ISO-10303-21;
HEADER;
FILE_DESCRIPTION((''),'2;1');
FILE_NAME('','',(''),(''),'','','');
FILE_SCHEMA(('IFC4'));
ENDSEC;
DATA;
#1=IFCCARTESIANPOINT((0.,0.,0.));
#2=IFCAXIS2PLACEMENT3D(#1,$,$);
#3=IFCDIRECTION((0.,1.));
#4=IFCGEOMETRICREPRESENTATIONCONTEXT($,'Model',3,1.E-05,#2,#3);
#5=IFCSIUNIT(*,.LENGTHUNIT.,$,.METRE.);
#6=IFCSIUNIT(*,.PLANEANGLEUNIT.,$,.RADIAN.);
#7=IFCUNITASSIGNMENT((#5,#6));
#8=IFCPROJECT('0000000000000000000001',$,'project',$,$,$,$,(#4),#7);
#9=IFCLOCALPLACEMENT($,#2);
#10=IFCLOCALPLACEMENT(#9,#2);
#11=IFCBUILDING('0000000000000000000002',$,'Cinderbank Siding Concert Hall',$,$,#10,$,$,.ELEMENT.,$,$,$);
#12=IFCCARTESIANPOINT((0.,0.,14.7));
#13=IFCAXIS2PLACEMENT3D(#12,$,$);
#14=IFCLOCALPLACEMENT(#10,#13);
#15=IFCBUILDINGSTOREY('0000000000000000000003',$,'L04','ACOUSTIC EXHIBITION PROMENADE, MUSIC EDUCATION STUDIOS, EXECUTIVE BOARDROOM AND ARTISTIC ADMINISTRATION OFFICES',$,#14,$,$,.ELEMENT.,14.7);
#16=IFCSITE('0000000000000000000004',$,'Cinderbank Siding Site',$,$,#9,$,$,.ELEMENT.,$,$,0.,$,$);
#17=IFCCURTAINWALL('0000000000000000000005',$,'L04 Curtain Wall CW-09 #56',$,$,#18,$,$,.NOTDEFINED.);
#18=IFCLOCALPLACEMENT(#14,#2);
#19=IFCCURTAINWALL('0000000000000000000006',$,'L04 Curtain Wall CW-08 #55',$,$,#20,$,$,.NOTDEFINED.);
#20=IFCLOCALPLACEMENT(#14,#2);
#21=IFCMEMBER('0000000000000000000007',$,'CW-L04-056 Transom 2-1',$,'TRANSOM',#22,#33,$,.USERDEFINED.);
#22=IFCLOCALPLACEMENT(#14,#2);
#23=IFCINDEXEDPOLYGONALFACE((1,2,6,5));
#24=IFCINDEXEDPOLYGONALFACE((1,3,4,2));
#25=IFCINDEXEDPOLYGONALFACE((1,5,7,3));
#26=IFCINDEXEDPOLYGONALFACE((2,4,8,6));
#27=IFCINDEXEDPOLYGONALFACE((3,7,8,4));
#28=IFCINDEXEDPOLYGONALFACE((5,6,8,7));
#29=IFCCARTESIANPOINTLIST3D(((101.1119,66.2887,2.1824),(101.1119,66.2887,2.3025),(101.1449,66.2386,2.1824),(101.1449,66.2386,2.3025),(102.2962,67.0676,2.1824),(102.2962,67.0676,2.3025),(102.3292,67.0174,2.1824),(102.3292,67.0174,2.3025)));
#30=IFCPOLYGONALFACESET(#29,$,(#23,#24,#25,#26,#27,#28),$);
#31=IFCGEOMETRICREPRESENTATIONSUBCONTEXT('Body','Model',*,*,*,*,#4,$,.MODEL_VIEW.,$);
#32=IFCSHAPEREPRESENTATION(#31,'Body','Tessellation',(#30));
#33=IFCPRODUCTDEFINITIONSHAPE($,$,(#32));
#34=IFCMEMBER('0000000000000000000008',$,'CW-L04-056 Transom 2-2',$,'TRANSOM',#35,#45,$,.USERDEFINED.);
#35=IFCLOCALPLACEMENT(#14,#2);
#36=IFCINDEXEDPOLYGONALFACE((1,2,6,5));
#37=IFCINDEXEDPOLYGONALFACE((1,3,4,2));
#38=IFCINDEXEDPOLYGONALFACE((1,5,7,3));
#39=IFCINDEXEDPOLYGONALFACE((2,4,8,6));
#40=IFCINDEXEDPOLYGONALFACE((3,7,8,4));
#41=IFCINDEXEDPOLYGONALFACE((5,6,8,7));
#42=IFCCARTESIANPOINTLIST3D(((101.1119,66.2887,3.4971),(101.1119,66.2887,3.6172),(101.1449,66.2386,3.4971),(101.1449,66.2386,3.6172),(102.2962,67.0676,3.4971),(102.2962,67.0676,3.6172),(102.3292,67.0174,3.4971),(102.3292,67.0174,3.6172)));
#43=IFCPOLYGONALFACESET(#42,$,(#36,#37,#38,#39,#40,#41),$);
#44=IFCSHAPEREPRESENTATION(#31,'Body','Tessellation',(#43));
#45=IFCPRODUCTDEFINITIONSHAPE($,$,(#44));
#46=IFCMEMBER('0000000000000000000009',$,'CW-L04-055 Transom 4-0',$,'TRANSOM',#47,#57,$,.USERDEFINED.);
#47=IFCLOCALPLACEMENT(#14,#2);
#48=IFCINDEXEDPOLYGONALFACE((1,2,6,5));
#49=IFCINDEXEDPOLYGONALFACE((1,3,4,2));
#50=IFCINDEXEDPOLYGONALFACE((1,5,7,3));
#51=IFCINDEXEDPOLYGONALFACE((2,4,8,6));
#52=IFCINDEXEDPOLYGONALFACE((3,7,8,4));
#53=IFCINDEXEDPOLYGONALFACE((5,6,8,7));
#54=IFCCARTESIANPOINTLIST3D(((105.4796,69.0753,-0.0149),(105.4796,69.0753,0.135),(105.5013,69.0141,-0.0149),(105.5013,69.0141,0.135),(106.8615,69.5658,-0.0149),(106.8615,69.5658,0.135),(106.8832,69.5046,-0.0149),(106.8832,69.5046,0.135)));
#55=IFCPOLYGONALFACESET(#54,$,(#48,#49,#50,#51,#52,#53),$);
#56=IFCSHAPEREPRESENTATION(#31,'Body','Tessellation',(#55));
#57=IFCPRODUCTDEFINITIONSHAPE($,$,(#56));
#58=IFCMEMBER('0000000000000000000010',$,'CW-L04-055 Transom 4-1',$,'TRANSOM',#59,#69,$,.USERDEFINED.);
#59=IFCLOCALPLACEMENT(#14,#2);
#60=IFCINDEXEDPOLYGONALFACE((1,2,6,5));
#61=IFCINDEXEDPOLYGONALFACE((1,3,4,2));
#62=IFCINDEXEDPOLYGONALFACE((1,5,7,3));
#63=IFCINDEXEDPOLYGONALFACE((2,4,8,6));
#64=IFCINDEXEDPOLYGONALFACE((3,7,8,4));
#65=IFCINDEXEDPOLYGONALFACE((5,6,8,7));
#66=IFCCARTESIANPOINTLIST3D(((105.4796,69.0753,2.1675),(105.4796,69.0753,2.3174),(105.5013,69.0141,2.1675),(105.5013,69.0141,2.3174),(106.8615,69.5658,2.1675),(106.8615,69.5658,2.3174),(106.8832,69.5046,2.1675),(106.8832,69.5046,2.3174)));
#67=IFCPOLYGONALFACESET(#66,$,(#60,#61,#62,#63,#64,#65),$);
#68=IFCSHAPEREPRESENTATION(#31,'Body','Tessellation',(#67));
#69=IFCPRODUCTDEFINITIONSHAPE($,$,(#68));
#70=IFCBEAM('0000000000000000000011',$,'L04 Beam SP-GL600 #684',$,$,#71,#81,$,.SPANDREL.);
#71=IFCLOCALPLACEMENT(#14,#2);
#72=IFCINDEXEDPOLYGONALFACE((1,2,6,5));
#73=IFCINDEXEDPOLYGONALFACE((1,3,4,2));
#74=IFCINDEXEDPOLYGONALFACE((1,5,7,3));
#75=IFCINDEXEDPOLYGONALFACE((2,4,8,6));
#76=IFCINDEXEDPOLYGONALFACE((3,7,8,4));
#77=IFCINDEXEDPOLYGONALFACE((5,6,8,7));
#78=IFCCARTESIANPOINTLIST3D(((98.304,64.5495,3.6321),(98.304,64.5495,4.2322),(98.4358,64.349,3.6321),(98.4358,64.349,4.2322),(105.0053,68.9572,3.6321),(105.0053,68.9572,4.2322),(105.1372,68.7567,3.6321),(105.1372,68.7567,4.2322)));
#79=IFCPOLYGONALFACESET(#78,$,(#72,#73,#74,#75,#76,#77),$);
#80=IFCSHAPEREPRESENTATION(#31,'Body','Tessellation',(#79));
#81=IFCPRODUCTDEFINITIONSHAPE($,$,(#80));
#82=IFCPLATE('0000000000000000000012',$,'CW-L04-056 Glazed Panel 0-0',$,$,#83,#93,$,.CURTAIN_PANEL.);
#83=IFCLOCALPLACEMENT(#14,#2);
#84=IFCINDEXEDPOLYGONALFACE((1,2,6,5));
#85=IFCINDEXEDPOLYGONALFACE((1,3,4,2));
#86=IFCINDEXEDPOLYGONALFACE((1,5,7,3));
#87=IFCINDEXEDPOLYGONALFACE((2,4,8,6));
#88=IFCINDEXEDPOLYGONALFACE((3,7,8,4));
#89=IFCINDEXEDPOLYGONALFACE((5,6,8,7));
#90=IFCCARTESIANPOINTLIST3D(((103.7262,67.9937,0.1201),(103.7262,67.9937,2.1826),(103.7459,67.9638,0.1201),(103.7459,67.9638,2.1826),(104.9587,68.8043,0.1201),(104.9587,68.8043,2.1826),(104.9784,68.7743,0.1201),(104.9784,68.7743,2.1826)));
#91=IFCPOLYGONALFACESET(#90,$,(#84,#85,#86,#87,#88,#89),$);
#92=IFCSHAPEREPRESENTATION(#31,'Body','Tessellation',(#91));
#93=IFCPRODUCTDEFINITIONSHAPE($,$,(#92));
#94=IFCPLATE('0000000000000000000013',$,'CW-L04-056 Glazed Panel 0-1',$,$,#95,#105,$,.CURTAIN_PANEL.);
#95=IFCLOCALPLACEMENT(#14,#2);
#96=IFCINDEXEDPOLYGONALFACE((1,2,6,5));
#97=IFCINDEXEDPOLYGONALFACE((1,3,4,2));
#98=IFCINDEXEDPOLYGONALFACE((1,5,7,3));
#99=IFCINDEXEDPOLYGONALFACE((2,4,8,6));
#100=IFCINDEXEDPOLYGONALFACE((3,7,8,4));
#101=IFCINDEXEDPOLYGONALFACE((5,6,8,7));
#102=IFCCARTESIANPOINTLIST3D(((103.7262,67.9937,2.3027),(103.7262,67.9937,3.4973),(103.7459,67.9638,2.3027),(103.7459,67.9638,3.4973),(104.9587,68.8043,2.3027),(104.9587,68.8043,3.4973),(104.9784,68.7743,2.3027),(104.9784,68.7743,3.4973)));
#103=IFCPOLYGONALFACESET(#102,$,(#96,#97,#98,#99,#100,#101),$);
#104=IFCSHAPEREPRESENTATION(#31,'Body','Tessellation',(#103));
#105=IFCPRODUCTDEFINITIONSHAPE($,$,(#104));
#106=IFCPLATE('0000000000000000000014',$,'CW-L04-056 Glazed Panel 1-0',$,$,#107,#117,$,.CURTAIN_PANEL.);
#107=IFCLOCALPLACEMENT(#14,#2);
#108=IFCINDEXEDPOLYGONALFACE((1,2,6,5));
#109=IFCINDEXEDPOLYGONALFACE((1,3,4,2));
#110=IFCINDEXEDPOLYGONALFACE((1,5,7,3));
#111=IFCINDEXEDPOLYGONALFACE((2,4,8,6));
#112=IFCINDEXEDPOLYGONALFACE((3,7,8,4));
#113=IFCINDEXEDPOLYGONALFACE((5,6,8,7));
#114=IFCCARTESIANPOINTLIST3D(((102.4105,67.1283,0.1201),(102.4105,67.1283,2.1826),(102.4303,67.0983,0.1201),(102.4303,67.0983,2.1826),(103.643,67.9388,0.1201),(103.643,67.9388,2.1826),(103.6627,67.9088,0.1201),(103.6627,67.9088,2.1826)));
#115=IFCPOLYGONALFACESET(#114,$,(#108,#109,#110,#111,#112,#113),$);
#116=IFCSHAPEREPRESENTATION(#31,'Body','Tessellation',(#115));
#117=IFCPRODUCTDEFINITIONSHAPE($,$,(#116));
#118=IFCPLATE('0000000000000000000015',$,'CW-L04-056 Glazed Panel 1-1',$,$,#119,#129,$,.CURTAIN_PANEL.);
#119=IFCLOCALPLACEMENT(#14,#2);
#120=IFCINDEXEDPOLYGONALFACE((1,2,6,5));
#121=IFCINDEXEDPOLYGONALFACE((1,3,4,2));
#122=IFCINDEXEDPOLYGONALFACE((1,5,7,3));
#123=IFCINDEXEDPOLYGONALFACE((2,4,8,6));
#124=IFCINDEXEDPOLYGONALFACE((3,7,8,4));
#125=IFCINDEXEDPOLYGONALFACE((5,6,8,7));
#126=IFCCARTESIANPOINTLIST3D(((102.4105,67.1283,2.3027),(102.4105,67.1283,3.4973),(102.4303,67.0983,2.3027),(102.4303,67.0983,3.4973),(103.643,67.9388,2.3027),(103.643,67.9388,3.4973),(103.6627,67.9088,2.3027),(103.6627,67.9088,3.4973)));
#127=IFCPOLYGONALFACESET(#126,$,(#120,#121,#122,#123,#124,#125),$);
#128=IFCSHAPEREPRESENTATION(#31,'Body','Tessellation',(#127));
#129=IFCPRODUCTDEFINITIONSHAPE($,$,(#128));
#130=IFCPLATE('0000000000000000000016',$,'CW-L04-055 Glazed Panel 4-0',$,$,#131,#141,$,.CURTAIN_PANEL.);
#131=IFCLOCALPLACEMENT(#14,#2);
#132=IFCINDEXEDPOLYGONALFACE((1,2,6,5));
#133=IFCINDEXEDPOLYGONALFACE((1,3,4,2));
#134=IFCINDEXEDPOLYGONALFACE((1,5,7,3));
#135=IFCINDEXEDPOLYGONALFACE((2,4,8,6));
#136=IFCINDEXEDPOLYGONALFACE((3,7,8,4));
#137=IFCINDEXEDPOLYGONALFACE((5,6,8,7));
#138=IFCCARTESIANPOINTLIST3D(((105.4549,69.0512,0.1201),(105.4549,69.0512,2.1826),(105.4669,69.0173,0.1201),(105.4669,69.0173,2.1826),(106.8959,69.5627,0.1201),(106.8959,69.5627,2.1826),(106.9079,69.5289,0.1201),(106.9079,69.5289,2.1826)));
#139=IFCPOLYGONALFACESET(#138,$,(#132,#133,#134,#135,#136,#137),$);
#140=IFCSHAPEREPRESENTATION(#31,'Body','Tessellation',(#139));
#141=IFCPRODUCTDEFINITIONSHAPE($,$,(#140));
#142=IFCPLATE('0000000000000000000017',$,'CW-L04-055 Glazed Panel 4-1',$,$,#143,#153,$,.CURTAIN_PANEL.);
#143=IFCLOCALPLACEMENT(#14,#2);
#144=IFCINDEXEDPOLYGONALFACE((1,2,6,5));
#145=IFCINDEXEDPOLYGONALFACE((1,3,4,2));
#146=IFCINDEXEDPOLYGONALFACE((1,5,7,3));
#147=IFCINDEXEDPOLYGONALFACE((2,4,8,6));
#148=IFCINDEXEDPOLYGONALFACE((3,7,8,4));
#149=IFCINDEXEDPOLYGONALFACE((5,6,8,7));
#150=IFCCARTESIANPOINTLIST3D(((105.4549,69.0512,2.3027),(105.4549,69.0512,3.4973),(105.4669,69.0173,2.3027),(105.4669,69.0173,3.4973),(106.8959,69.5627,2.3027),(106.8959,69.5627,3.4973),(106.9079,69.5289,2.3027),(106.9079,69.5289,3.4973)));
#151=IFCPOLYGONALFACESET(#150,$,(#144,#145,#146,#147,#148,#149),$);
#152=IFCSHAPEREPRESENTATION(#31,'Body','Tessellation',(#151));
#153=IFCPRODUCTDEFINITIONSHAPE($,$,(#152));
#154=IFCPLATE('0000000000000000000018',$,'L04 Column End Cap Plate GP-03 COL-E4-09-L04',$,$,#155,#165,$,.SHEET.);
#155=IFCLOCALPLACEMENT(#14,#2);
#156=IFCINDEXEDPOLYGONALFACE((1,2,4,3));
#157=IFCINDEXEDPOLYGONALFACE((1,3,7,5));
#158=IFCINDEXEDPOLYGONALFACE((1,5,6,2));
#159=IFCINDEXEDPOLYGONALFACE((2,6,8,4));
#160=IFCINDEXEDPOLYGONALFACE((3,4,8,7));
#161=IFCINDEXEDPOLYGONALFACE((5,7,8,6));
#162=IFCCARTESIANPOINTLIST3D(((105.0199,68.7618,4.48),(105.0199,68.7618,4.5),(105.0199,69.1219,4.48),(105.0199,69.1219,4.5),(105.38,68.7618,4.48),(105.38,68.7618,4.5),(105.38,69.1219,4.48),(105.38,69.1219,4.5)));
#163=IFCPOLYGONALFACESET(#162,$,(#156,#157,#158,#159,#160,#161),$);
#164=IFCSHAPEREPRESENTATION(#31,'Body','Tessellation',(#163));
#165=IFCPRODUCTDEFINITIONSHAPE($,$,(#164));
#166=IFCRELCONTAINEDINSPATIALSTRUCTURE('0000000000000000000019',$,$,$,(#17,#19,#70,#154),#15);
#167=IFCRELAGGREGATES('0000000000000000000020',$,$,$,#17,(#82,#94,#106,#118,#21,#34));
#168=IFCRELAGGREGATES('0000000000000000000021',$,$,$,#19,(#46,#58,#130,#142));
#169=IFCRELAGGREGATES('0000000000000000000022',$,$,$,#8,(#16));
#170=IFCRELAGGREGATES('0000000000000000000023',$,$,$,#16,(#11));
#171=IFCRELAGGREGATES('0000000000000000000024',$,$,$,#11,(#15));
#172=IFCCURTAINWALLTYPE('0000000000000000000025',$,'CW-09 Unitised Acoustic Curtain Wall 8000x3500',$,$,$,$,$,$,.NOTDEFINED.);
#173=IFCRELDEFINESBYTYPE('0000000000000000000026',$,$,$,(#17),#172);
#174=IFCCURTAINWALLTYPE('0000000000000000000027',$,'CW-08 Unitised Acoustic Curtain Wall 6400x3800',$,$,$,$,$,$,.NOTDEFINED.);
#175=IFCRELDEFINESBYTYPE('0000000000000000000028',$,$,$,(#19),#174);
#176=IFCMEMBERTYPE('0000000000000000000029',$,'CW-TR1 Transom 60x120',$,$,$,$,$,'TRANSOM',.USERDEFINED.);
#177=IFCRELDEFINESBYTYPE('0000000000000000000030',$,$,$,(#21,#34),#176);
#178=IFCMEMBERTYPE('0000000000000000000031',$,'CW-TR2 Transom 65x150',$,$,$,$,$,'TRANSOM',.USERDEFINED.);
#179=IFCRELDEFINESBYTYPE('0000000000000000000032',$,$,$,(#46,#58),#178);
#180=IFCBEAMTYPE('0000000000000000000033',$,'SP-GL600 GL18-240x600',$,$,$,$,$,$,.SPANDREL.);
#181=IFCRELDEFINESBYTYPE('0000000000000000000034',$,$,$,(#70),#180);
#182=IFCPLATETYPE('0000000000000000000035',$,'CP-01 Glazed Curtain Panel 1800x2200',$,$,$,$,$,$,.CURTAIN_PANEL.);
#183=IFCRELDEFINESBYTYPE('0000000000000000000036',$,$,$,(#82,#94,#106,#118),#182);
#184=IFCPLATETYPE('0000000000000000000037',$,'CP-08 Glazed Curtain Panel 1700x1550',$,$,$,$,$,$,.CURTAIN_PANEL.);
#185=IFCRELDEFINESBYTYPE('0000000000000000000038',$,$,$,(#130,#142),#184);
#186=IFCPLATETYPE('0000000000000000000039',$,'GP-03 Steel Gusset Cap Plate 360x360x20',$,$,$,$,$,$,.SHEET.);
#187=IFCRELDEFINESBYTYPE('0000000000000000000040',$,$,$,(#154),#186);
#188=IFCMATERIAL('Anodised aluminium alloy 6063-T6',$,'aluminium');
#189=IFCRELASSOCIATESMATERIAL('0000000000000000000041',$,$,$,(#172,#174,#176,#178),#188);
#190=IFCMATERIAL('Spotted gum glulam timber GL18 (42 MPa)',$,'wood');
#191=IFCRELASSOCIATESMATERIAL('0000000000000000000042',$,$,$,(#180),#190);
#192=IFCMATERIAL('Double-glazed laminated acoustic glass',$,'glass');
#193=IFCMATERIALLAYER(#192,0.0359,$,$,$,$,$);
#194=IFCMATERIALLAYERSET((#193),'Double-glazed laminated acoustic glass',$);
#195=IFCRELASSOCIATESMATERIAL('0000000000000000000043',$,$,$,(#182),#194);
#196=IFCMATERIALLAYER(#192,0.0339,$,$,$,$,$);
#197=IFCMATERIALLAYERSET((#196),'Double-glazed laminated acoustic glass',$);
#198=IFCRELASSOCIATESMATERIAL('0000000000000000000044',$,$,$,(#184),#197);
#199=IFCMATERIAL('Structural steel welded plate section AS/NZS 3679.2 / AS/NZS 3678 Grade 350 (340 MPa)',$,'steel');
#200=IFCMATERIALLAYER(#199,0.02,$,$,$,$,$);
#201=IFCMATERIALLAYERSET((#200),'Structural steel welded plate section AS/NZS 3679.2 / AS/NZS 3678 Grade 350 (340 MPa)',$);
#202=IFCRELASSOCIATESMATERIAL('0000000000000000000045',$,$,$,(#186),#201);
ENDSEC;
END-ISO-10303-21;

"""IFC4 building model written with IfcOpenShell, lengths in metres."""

from ifc_helpers import new_model, si_unit, direction, frame, origin, origin_2d, place, context, subcontext, project, spatial, rectangle, extrude, material, layer, layer_set, material_profile, profile_set, type_object, element, aggregate, save


model = new_model("IFC4")

# Units and contexts
model_context = context("Model", 3, precision=1e-05, world=origin(), true_north=direction((0.0, 1.0)))
body_context = subcontext(model_context, "Body", "Model", "MODEL_VIEW")
ifc_project = project(units=[si_unit("LENGTHUNIT", "METRE"), si_unit("PLANEANGLEUNIT", "RADIAN")], contexts=[model_context])

# Site, building, storey
site_placement = place(None, origin())
site = spatial("IfcSite", under=ifc_project, at=site_placement, Name="Cinderbank Siding Site", CompositionType="ELEMENT", RefElevation=0.0)
building_placement = place(site_placement, origin())
building = spatial("IfcBuilding", under=site, at=building_placement, Name="Cinderbank Siding Concert Hall", CompositionType="ELEMENT")
storey_placement = place(building_placement, frame((0.0, 0.0, 14.7)))
storey = spatial("IfcBuildingStorey", under=building, at=storey_placement, Name="L04", Description="ACOUSTIC EXHIBITION PROMENADE, MUSIC EDUCATION STUDIOS, EXECUTIVE BOARDROOM AND ARTISTIC ADMINISTRATION OFFICES", CompositionType="ELEMENT", Elevation=14.7)

# Curtain wall
ifc_material_1 = material(Name="Anodised aluminium alloy 6063-T6", Category="aluminium")
curtain_wall_type_1 = type_object("IfcCurtainWallType", Name="CW-09 Unitised Acoustic Curtain Wall 8000x3500", PredefinedType="NOTDEFINED", material=ifc_material_1)
curtain_wall_1_placement = place(storey_placement, origin())
curtain_wall_1 = element("IfcCurtainWall", 1, at=curtain_wall_1_placement, inside=storey, type_object=curtain_wall_type_1, Name="L04 Curtain Wall CW-09 #56", PredefinedType="NOTDEFINED")

# Curtain wall
curtain_wall_type_2 = type_object("IfcCurtainWallType", Name="CW-08 Unitised Acoustic Curtain Wall 6400x3800", PredefinedType="NOTDEFINED", material=ifc_material_1)
curtain_wall_2_placement = place(storey_placement, origin())
curtain_wall_2 = element("IfcCurtainWall", 2, at=curtain_wall_2_placement, inside=storey, type_object=curtain_wall_type_2, Name="L04 Curtain Wall CW-08 #55", PredefinedType="NOTDEFINED")

# Members
ifc_material_profile_1 = material_profile(ifc_material_1, rectangle(XDim=0.0601, YDim=0.1201, at=origin_2d()), Name="ALU-TRAN-60x120", Category="LoadBearing")
ifc_profile_set_1 = profile_set([ifc_material_profile_1], Name="Anodised aluminium alloy 6063-T6")
member_type_1 = type_object("IfcMemberType", Name="CW-TR1 Transom 60x120", ElementType="TRANSOM", PredefinedType="USERDEFINED", material=ifc_profile_set_1)
member_1_placement = place(storey_placement, frame((102.3127, 67.0425, 2.2424), z_axis=(-0.835532, -0.549443, 0.0), x_axis=(0.549443, -0.835532, 0.0)))
member_1 = element("IfcMember", 3, at=member_1_placement, type_object=member_type_1, Name="CW-L04-056 Transom 2-1", ObjectType="TRANSOM", PredefinedType="USERDEFINED", context=body_context, shape_type="SweptSolid", body=[
    extrude(rectangle(XDim=0.0601, YDim=0.1201, at=origin_2d()), origin(), (0.0, 0.0, 1.0), 1.4175),
])
member_2_placement = place(storey_placement, frame((102.3127, 67.0425, 3.5571), z_axis=(-0.835532, -0.549443, 0.0), x_axis=(0.549443, -0.835532, 0.0)))
member_2 = element("IfcMember", 4, at=member_2_placement, type_object=member_type_1, Name="CW-L04-056 Transom 2-2", ObjectType="TRANSOM", PredefinedType="USERDEFINED", context=body_context, shape_type="SweptSolid", body=[
    extrude(rectangle(XDim=0.0601, YDim=0.1201, at=origin_2d()), origin(), (0.0, 0.0, 1.0), 1.4175),
])
ifc_material_profile_2 = material_profile(ifc_material_1, rectangle(XDim=0.0649, YDim=0.1499, at=origin_2d()), Name="ALU-TRAN-65x150", Category="LoadBearing")
ifc_profile_set_2 = profile_set([ifc_material_profile_2], Name="Anodised aluminium alloy 6063-T6")
member_type_2 = type_object("IfcMemberType", Name="CW-TR2 Transom 65x150", ElementType="TRANSOM", PredefinedType="USERDEFINED", material=ifc_profile_set_2)
member_3_placement = place(storey_placement, frame((106.8723, 69.5352, 0.0601), z_axis=(-0.942396, -0.3345, 0.0), x_axis=(0.3345, -0.942396, 0.0)))
member_3 = element("IfcMember", 5, at=member_3_placement, type_object=member_type_2, Name="CW-L04-055 Transom 4-0", ObjectType="TRANSOM", PredefinedType="USERDEFINED", context=body_context, shape_type="SweptSolid", body=[
    extrude(rectangle(XDim=0.0649, YDim=0.1499, at=origin_2d()), origin(), (0.0, 0.0, 1.0), 1.4663),
])
member_4_placement = place(storey_placement, frame((106.8723, 69.5352, 2.2424), z_axis=(-0.942396, -0.3345, 0.0), x_axis=(0.3345, -0.942396, 0.0)))
member_4 = element("IfcMember", 6, at=member_4_placement, type_object=member_type_2, Name="CW-L04-055 Transom 4-1", ObjectType="TRANSOM", PredefinedType="USERDEFINED", context=body_context, shape_type="SweptSolid", body=[
    extrude(rectangle(XDim=0.0649, YDim=0.1499, at=origin_2d()), origin(), (0.0, 0.0, 1.0), 1.4663),
])

# Beam
ifc_material_2 = material(Name="Spotted gum glulam timber GL18 (42 MPa)", Category="wood")
ifc_material_profile_3 = material_profile(ifc_material_2, rectangle(XDim=0.24, YDim=0.6001, at=origin_2d()), Name="GL18-240x600", Category="LoadBearing")
ifc_profile_set_3 = profile_set([ifc_material_profile_3], Name="Spotted gum glulam timber GL18 (42 MPa)")
beam_type = type_object("IfcBeamType", Name="SP-GL600 GL18-240x600", PredefinedType="SPANDREL", material=ifc_profile_set_3)
beam_placement = place(storey_placement, frame((105.0713, 68.8569, 3.9321), z_axis=(-0.835481, -0.54952, 0.0), x_axis=(0.54952, -0.835481, 0.0)))
element("IfcBeam", 7, at=beam_placement, inside=storey, type_object=beam_type, Name="L04 Beam SP-GL600 #684", PredefinedType="SPANDREL", context=body_context, shape_type="SweptSolid", body=[
    extrude(rectangle(XDim=0.24, YDim=0.6001, at=origin_2d()), origin(), (0.0, 0.0, 1.0), 8.021),
])

# Plates
ifc_material_3 = material(Name="Double-glazed laminated acoustic glass", Category="glass")
ifc_layer_1 = layer(ifc_material_3, 0.0359)
ifc_layer_set_1 = layer_set([ifc_layer_1], Name="Double-glazed laminated acoustic glass")
plate_type_1 = type_object("IfcPlateType", Name="CP-01 Glazed Curtain Panel 1800x2200", PredefinedType="CURTAIN_PANEL", material=ifc_layer_set_1)
plate_1_placement = place(storey_placement, frame((104.3523, 68.384, 0.1201), z_axis=(0.0, 0.0, 1.0), x_axis=(-0.835492, -0.549503, 0.0)))
plate_1 = element("IfcPlate", 8, at=plate_1_placement, type_object=plate_type_1, Name="CW-L04-056 Glazed Panel 0-0", PredefinedType="CURTAIN_PANEL", context=body_context, shape_type="SweptSolid", body=[
    extrude(rectangle(XDim=1.4751, YDim=0.0359, at=origin_2d()), origin(), (0.0, 0.0, 1.0), 2.0625),
])
plate_2_placement = place(storey_placement, frame((104.3523, 68.384, 2.3027), z_axis=(0.0, 0.0, 1.0), x_axis=(-0.835492, -0.549503, 0.0)))
plate_2 = element("IfcPlate", 9, at=plate_2_placement, type_object=plate_type_1, Name="CW-L04-056 Glazed Panel 0-1", PredefinedType="CURTAIN_PANEL", context=body_context, shape_type="SweptSolid", body=[
    extrude(rectangle(XDim=1.4751, YDim=0.0359, at=origin_2d()), origin(), (0.0, 0.0, 1.0), 1.1946),
])
plate_3_placement = place(storey_placement, frame((103.0366, 67.5186, 0.1201), z_axis=(0.0, 0.0, 1.0), x_axis=(-0.835492, -0.549503, 0.0)))
plate_3 = element("IfcPlate", 10, at=plate_3_placement, type_object=plate_type_1, Name="CW-L04-056 Glazed Panel 1-0", PredefinedType="CURTAIN_PANEL", context=body_context, shape_type="SweptSolid", body=[
    extrude(rectangle(XDim=1.4751, YDim=0.0359, at=origin_2d()), origin(), (0.0, 0.0, 1.0), 2.0625),
])
plate_4_placement = place(storey_placement, frame((103.0366, 67.5186, 2.3027), z_axis=(0.0, 0.0, 1.0), x_axis=(-0.835492, -0.549503, 0.0)))
plate_4 = element("IfcPlate", 11, at=plate_4_placement, type_object=plate_type_1, Name="CW-L04-056 Glazed Panel 1-1", PredefinedType="CURTAIN_PANEL", context=body_context, shape_type="SweptSolid", body=[
    extrude(rectangle(XDim=1.4751, YDim=0.0359, at=origin_2d()), origin(), (0.0, 0.0, 1.0), 1.1946),
])
aggregate(curtain_wall_1, [plate_1, plate_2, plate_3, plate_4, member_1, member_2])
ifc_layer_2 = layer(ifc_material_3, 0.0339)
ifc_layer_set_2 = layer_set([ifc_layer_2], Name="Double-glazed laminated acoustic glass")
plate_type_2 = type_object("IfcPlateType", Name="CP-08 Glazed Curtain Panel 1700x1550", PredefinedType="CURTAIN_PANEL", material=ifc_layer_set_2)
plate_5_placement = place(storey_placement, frame((106.1814, 69.29, 0.1201), z_axis=(0.0, 0.0, 1.0), x_axis=(-0.942366, -0.334585, 0.0)))
plate_5 = element("IfcPlate", 12, at=plate_5_placement, type_object=plate_type_2, Name="CW-L04-055 Glazed Panel 4-0", PredefinedType="CURTAIN_PANEL", context=body_context, shape_type="SweptSolid", body=[
    extrude(rectangle(XDim=1.5291, YDim=0.0359, at=origin_2d()), origin(), (0.0, 0.0, 1.0), 2.0625),
])
plate_6_placement = place(storey_placement, frame((106.1814, 69.29, 2.3027), z_axis=(0.0, 0.0, 1.0), x_axis=(-0.942366, -0.334585, 0.0)))
plate_6 = element("IfcPlate", 13, at=plate_6_placement, type_object=plate_type_2, Name="CW-L04-055 Glazed Panel 4-1", PredefinedType="CURTAIN_PANEL", context=body_context, shape_type="SweptSolid", body=[
    extrude(rectangle(XDim=1.5291, YDim=0.0359, at=origin_2d()), origin(), (0.0, 0.0, 1.0), 1.1946),
])
aggregate(curtain_wall_2, [member_3, member_4, plate_5, plate_6])
ifc_material_4 = material(Name="Structural steel welded plate section AS/NZS 3679.2 / AS/NZS 3678 Grade 350 (340 MPa)", Category="steel")
ifc_layer_3 = layer(ifc_material_4, 0.02)
ifc_layer_set_3 = layer_set([ifc_layer_3], Name="Structural steel welded plate section AS/NZS 3679.2 / AS/NZS 3678 Grade 350 (340 MPa)")
plate_type_3 = type_object("IfcPlateType", Name="GP-03 Steel Gusset Cap Plate 360x360x20", PredefinedType="SHEET", material=ifc_layer_set_3)
plate_7_placement = place(storey_placement, frame((105.2, 68.9419, 4.48), z_axis=(0.0, 0.0, 1.0), x_axis=(1.0, 0.0, 0.0)))
element("IfcPlate", 14, at=plate_7_placement, inside=storey, type_object=plate_type_3, Name="L04 Column End Cap Plate GP-03 COL-E4-09-L04", PredefinedType="SHEET", context=body_context, shape_type="SweptSolid", body=[
    extrude(rectangle(XDim=0.3601, YDim=0.3601, at=origin_2d()), origin(), (0.0, 0.0, 1.0), 0.02),
])

save(model, "model.ifc")
